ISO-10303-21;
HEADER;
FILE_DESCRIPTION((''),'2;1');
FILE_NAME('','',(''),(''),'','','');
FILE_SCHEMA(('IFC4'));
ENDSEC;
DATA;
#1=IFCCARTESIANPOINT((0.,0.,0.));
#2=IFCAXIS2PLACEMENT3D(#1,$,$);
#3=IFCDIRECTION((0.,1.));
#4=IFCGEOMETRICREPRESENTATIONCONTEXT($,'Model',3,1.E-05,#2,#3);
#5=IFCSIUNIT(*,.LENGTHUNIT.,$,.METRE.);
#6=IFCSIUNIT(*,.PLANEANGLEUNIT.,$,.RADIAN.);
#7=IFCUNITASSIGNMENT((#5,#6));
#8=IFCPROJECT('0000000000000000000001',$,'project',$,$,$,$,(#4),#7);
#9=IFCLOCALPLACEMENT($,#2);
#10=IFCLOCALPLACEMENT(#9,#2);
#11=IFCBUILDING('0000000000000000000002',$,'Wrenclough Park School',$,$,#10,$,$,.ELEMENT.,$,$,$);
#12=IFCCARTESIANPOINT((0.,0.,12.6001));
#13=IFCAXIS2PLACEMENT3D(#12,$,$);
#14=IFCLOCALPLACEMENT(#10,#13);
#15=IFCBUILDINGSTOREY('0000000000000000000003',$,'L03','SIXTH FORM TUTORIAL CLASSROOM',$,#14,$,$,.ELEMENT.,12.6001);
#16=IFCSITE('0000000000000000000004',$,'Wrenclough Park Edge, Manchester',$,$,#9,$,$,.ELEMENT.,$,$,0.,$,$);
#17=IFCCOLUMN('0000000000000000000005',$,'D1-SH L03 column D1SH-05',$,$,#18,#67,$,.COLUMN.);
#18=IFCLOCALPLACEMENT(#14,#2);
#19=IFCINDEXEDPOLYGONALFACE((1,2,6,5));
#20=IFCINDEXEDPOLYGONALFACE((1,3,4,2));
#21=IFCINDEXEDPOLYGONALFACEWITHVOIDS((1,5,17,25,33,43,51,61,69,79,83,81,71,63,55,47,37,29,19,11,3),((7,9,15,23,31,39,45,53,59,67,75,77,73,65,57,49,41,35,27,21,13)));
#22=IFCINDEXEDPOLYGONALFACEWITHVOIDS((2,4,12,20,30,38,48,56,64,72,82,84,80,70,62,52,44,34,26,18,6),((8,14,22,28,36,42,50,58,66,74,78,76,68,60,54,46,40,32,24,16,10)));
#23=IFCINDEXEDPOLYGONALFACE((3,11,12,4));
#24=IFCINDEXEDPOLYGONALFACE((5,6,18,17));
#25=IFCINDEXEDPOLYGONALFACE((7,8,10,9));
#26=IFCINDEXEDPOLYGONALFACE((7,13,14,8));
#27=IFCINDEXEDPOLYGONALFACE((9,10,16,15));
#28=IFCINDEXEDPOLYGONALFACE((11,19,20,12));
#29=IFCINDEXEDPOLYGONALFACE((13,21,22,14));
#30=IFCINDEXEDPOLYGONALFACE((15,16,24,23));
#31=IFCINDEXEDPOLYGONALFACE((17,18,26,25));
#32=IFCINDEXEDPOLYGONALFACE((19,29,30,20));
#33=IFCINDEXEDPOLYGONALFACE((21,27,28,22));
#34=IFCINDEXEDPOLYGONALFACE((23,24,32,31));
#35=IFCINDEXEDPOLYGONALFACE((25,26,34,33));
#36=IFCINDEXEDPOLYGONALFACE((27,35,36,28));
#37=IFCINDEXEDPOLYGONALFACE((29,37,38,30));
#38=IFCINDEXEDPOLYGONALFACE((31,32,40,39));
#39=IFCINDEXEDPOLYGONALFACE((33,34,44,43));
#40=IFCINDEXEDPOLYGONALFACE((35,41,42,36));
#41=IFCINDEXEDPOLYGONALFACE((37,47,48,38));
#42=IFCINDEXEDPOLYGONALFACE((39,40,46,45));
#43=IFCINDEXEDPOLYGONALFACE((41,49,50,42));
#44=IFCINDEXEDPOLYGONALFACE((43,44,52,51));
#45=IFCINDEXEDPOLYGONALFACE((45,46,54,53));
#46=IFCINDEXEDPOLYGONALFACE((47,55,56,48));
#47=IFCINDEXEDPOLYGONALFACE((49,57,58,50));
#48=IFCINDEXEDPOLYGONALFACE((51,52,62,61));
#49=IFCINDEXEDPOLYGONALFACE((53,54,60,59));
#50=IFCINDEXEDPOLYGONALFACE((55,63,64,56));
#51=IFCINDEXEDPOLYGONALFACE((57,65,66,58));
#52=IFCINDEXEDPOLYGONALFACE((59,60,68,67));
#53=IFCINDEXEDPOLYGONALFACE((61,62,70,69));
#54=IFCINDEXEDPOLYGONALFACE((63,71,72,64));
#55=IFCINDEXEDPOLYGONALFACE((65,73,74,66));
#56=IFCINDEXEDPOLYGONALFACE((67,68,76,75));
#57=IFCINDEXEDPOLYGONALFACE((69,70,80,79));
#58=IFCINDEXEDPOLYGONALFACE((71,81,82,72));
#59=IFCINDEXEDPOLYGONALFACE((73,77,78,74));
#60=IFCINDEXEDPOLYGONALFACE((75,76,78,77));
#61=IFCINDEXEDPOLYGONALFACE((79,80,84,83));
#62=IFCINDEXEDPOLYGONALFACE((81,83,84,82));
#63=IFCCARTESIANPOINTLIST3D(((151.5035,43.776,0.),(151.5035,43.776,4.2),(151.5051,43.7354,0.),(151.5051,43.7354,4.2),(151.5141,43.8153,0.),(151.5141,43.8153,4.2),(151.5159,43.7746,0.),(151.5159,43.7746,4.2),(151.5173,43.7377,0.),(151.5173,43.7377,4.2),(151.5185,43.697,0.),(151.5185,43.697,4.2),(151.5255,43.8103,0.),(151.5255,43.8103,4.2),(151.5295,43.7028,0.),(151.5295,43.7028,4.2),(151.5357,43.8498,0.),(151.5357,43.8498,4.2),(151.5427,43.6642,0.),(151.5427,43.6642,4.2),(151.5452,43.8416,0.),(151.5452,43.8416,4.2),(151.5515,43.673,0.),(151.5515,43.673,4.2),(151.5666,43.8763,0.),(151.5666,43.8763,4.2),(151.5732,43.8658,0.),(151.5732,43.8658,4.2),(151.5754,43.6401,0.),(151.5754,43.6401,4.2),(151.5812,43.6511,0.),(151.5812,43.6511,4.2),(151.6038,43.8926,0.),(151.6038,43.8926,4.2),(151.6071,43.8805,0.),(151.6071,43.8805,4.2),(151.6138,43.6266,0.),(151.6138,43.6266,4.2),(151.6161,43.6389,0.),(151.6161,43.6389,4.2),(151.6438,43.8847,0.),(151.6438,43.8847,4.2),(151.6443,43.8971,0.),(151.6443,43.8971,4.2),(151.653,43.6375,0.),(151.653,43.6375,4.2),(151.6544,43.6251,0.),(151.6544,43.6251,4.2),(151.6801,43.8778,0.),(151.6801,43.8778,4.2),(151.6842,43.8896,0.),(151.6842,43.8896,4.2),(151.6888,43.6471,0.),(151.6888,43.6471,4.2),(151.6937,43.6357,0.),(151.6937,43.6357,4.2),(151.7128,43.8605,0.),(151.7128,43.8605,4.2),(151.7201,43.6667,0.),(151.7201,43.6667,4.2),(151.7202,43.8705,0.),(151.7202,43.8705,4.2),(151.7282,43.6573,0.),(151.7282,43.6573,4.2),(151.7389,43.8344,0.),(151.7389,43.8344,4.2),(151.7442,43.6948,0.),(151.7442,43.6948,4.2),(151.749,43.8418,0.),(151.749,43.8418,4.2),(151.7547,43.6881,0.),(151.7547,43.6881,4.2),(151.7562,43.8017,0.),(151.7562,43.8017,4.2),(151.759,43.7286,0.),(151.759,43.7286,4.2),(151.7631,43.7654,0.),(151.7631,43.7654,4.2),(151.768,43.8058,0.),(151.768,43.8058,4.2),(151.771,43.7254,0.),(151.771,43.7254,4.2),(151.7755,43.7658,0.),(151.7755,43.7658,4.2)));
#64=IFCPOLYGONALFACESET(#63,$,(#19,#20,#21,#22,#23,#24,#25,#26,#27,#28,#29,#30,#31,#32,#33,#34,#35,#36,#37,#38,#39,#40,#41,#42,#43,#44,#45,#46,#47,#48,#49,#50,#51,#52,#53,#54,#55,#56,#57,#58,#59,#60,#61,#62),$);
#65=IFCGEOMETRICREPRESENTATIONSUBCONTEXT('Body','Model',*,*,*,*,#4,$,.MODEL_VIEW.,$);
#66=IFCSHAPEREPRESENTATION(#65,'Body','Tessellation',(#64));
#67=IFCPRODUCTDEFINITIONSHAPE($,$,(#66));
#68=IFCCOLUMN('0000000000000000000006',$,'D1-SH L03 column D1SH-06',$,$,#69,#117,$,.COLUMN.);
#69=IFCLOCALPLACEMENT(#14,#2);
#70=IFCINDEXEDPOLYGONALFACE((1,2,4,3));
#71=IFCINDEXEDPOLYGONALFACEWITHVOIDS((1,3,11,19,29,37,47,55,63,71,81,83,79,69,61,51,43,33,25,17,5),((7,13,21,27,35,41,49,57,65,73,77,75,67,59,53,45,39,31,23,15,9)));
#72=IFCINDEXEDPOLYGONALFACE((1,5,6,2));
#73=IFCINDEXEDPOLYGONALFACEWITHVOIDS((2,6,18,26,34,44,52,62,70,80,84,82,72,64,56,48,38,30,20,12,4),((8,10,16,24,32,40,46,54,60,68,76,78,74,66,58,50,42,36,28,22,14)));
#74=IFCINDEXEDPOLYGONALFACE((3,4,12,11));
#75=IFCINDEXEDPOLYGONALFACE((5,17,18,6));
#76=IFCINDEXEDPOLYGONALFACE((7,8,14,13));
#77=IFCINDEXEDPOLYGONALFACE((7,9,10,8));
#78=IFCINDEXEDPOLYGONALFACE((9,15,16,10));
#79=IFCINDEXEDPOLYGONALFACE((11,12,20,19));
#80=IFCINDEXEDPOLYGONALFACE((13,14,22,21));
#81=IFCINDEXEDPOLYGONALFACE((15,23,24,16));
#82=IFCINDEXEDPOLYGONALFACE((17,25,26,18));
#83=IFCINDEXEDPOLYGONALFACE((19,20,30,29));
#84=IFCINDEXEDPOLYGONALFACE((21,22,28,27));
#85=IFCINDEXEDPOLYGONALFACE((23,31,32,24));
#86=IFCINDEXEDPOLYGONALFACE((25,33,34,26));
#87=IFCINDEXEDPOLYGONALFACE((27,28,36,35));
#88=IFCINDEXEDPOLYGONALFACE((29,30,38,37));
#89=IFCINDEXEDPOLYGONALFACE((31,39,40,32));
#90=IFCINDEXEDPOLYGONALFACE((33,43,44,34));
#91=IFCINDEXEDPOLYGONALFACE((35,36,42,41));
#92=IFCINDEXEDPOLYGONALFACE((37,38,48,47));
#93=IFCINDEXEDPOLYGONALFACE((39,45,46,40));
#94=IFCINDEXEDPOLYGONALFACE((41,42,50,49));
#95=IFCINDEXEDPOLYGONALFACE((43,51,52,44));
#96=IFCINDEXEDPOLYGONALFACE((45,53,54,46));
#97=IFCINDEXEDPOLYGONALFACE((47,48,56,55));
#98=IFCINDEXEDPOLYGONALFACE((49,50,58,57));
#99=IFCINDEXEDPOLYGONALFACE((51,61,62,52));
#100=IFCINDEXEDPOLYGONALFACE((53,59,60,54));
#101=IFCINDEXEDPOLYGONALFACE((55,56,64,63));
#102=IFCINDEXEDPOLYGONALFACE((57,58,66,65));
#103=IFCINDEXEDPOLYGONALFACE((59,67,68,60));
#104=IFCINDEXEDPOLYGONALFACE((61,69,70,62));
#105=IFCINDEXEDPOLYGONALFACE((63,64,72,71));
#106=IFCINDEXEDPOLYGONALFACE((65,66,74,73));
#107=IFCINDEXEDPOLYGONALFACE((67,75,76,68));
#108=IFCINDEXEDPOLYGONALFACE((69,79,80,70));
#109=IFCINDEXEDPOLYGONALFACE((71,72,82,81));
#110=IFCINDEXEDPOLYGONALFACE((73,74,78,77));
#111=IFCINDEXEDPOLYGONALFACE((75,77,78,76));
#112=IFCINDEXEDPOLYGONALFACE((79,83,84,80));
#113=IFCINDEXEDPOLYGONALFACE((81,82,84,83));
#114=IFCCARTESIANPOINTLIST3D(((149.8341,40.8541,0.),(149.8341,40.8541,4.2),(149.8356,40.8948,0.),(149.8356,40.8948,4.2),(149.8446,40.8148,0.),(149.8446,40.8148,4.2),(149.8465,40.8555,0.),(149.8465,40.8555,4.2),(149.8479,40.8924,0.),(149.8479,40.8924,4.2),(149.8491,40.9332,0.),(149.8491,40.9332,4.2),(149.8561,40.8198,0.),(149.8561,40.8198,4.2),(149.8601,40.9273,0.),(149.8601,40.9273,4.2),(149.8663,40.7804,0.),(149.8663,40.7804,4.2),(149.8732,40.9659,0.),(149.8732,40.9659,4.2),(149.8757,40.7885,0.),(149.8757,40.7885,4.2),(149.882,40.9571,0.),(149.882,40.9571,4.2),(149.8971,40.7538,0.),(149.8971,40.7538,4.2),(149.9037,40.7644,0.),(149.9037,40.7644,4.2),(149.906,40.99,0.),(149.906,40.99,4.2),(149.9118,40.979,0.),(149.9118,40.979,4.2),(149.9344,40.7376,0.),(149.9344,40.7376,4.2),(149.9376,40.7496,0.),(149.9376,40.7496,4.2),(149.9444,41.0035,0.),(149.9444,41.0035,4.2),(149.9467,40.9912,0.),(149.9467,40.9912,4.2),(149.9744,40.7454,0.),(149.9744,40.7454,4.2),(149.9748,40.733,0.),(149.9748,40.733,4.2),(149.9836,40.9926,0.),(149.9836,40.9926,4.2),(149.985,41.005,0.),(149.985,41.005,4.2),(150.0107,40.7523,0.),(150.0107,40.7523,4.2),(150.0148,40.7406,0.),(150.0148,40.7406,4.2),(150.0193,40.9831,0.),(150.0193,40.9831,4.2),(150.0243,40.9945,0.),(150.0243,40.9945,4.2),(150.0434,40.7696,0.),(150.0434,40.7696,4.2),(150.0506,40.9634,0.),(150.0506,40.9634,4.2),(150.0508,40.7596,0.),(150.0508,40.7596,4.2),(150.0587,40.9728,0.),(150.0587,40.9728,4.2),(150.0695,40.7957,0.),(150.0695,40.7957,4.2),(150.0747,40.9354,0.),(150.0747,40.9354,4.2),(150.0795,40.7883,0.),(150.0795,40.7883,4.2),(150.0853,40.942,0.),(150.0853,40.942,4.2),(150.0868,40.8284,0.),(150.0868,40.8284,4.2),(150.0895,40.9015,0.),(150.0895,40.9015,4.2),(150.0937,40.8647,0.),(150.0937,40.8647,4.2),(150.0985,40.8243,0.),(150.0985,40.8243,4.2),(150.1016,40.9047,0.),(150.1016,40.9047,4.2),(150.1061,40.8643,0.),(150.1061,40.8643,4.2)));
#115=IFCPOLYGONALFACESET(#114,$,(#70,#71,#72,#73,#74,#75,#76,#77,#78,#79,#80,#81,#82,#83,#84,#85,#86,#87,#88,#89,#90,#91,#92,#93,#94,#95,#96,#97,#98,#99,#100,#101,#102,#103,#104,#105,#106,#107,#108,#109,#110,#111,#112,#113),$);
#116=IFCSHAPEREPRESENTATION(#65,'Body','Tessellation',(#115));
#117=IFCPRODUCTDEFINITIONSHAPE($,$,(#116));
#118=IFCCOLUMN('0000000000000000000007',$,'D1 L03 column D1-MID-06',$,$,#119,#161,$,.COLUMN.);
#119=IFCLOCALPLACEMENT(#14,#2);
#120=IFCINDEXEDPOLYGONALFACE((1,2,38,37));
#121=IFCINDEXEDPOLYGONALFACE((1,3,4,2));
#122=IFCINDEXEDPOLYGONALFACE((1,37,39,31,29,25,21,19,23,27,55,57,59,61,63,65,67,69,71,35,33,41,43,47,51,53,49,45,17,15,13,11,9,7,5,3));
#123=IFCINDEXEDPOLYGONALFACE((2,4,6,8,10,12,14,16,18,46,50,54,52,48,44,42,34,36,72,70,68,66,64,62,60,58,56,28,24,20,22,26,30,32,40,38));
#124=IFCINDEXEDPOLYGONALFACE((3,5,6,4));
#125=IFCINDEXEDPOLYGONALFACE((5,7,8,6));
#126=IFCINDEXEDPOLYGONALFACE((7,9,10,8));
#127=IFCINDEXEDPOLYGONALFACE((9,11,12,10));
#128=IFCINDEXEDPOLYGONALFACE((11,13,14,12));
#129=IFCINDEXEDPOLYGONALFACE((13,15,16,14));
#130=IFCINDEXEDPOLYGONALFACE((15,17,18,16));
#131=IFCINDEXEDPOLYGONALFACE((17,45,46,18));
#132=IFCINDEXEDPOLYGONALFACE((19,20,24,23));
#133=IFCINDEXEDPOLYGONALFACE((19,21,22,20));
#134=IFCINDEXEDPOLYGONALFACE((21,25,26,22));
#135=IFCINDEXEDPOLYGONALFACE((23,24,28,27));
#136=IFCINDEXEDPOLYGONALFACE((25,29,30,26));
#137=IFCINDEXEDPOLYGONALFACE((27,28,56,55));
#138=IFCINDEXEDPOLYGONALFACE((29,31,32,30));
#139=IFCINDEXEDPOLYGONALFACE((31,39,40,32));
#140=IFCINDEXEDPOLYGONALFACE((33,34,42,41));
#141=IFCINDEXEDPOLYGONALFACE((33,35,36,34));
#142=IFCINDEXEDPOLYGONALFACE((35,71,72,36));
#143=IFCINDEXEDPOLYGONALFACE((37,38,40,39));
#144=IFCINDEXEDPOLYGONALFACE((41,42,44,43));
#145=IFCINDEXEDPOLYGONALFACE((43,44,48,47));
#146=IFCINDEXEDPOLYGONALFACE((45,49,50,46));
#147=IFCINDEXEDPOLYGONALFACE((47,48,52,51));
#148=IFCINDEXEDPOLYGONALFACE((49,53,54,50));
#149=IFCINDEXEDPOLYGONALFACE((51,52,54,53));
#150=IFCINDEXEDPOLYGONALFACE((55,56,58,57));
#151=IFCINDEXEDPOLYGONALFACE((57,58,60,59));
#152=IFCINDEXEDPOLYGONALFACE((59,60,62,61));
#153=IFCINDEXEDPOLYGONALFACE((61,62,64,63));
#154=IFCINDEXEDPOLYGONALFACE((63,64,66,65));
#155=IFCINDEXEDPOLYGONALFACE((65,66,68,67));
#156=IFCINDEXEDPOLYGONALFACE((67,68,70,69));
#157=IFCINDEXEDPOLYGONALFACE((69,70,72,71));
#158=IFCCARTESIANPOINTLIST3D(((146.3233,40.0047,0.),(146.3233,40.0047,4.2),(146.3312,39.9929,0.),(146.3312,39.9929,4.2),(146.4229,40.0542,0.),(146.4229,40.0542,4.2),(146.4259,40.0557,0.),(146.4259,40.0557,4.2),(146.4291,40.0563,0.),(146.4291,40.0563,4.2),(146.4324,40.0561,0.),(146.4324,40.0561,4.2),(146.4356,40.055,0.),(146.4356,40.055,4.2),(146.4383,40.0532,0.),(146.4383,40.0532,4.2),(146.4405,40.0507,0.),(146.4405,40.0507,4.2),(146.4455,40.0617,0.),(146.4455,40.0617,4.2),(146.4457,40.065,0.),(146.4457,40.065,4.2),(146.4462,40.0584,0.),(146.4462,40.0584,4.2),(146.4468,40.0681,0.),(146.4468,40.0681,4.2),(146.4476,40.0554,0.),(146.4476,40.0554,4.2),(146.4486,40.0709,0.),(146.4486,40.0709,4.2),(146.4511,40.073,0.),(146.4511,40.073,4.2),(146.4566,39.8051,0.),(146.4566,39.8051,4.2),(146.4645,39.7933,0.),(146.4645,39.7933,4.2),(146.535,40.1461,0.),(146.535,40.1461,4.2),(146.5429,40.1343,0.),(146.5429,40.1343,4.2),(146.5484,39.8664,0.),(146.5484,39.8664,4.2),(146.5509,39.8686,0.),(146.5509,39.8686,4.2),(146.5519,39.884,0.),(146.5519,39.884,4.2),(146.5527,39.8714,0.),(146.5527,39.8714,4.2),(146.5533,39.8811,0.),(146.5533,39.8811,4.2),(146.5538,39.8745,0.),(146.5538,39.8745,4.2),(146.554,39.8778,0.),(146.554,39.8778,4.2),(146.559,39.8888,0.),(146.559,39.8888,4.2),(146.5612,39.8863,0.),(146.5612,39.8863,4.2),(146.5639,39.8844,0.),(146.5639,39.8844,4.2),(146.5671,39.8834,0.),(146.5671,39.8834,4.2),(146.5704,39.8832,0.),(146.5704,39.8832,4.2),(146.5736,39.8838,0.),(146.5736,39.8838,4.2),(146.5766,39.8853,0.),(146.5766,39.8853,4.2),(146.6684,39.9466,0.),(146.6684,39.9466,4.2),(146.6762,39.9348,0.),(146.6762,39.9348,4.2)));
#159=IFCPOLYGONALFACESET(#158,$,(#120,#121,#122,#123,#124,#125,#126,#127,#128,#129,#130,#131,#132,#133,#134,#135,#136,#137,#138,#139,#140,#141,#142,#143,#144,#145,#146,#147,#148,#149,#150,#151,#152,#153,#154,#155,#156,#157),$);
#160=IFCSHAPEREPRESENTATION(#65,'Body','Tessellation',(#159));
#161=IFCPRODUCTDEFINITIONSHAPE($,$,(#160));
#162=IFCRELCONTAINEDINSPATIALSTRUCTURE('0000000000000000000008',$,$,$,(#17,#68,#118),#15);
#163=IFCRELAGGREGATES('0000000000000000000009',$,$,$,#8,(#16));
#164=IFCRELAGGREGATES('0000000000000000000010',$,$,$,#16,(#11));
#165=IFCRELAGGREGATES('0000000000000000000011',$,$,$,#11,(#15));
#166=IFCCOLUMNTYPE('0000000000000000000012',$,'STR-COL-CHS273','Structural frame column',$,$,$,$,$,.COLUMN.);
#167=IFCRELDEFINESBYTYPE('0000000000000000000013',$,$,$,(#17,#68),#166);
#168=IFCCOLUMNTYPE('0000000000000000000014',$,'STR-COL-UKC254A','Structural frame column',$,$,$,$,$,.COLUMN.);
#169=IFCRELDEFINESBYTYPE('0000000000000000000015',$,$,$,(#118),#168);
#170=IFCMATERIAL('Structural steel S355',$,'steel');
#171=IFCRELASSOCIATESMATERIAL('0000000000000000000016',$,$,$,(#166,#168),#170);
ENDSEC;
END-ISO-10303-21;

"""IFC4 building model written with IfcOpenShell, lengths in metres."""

from ifc_helpers import new_model, si_unit, direction, frame, origin, origin_2d, place, context, subcontext, project, spatial, hollow_circle, i_section, extrude, material, material_profile, profile_set, type_object, element, save


model = new_model("IFC4")

# Units and contexts
model_context = context("Model", 3, precision=1e-05, world=origin(), true_north=direction((0.0, 1.0)))
body_context = subcontext(model_context, "Body", "Model", "MODEL_VIEW")
ifc_project = project(units=[si_unit("LENGTHUNIT", "METRE"), si_unit("PLANEANGLEUNIT", "RADIAN")], contexts=[model_context])

# Site, building, storey
site_placement = place(None, origin())
site = spatial("IfcSite", under=ifc_project, at=site_placement, Name="Wrenclough Park Edge, Manchester", CompositionType="ELEMENT", RefElevation=0.0)
building_placement = place(site_placement, origin())
building = spatial("IfcBuilding", under=site, at=building_placement, Name="Wrenclough Park School", CompositionType="ELEMENT")
storey_placement = place(building_placement, frame((0.0, 0.0, 12.6001)))
storey = spatial("IfcBuildingStorey", under=building, at=storey_placement, Name="L03", Description="SIXTH FORM TUTORIAL CLASSROOM", CompositionType="ELEMENT", Elevation=12.6001)

# Columns
ifc_material_1 = material(Name="Structural steel S355", Category="steel")
ifc_material_profile_1 = material_profile(ifc_material_1, hollow_circle(Radius=0.1365, WallThickness=0.0125, at=origin_2d()), Name="CHS 273.0x12.5")
ifc_profile_set_1 = profile_set([ifc_material_profile_1], Name="Structural steel S355")
column_type_1 = type_object("IfcColumnType", Name="STR-COL-CHS273", Description="Structural frame column", PredefinedType="COLUMN", material=ifc_profile_set_1)
for number, where, z_axis, x_axis, name in (
    (1, (151.6392, 43.7607, 0.0), (0.0, 0.0, 1.0), (-0.707107, -0.707107, 0.0), "D1-SH L03 column D1SH-05"),
    (2, (149.9697, 40.8694, 0.0), (0.0, 0.0, 1.0), (-0.258819, -0.965926, 0.0), "D1-SH L03 column D1SH-06"),
):
    element("IfcColumn", number, at=place(storey_placement, frame(where, z_axis=z_axis, x_axis=x_axis)), inside=storey, type_object=column_type_1, Name=name, PredefinedType="COLUMN", context=body_context, shape_type="SweptSolid", body=[
        extrude(hollow_circle(Radius=0.1365, WallThickness=0.0125, at=origin_2d()), origin(), (0.0, 0.0, 1.0), 4.2),
    ])
ifc_material_profile_2 = material_profile(ifc_material_1, i_section(OverallWidth=0.2546, OverallDepth=0.2542, WebThickness=0.0085, FlangeThickness=0.0142, FilletRadius=0.0127, at=origin_2d()), Name="UKC 254x254x73")
ifc_profile_set_2 = profile_set([ifc_material_profile_2], Name="Structural steel S355")
column_type_2 = type_object("IfcColumnType", Name="STR-COL-UKC254A", Description="Structural frame column", PredefinedType="COLUMN", material=ifc_profile_set_2)
column_1_placement = place(storey_placement, frame((146.4998, 39.9697, 0.0), z_axis=(0.0, 0.0, 1.0), x_axis=(-0.83147, -0.55557, 0.0)))
element("IfcColumn", 3, at=column_1_placement, inside=storey, type_object=column_type_2, Name="D1 L03 column D1-MID-06", PredefinedType="COLUMN", context=body_context, shape_type="SweptSolid", body=[
    extrude(i_section(OverallWidth=0.2546, OverallDepth=0.2542, WebThickness=0.0085, FlangeThickness=0.0142, FilletRadius=0.0127, at=origin_2d()), origin(), (0.0, 0.0, 1.0), 4.2),
])

save(model, "model.ifc")
